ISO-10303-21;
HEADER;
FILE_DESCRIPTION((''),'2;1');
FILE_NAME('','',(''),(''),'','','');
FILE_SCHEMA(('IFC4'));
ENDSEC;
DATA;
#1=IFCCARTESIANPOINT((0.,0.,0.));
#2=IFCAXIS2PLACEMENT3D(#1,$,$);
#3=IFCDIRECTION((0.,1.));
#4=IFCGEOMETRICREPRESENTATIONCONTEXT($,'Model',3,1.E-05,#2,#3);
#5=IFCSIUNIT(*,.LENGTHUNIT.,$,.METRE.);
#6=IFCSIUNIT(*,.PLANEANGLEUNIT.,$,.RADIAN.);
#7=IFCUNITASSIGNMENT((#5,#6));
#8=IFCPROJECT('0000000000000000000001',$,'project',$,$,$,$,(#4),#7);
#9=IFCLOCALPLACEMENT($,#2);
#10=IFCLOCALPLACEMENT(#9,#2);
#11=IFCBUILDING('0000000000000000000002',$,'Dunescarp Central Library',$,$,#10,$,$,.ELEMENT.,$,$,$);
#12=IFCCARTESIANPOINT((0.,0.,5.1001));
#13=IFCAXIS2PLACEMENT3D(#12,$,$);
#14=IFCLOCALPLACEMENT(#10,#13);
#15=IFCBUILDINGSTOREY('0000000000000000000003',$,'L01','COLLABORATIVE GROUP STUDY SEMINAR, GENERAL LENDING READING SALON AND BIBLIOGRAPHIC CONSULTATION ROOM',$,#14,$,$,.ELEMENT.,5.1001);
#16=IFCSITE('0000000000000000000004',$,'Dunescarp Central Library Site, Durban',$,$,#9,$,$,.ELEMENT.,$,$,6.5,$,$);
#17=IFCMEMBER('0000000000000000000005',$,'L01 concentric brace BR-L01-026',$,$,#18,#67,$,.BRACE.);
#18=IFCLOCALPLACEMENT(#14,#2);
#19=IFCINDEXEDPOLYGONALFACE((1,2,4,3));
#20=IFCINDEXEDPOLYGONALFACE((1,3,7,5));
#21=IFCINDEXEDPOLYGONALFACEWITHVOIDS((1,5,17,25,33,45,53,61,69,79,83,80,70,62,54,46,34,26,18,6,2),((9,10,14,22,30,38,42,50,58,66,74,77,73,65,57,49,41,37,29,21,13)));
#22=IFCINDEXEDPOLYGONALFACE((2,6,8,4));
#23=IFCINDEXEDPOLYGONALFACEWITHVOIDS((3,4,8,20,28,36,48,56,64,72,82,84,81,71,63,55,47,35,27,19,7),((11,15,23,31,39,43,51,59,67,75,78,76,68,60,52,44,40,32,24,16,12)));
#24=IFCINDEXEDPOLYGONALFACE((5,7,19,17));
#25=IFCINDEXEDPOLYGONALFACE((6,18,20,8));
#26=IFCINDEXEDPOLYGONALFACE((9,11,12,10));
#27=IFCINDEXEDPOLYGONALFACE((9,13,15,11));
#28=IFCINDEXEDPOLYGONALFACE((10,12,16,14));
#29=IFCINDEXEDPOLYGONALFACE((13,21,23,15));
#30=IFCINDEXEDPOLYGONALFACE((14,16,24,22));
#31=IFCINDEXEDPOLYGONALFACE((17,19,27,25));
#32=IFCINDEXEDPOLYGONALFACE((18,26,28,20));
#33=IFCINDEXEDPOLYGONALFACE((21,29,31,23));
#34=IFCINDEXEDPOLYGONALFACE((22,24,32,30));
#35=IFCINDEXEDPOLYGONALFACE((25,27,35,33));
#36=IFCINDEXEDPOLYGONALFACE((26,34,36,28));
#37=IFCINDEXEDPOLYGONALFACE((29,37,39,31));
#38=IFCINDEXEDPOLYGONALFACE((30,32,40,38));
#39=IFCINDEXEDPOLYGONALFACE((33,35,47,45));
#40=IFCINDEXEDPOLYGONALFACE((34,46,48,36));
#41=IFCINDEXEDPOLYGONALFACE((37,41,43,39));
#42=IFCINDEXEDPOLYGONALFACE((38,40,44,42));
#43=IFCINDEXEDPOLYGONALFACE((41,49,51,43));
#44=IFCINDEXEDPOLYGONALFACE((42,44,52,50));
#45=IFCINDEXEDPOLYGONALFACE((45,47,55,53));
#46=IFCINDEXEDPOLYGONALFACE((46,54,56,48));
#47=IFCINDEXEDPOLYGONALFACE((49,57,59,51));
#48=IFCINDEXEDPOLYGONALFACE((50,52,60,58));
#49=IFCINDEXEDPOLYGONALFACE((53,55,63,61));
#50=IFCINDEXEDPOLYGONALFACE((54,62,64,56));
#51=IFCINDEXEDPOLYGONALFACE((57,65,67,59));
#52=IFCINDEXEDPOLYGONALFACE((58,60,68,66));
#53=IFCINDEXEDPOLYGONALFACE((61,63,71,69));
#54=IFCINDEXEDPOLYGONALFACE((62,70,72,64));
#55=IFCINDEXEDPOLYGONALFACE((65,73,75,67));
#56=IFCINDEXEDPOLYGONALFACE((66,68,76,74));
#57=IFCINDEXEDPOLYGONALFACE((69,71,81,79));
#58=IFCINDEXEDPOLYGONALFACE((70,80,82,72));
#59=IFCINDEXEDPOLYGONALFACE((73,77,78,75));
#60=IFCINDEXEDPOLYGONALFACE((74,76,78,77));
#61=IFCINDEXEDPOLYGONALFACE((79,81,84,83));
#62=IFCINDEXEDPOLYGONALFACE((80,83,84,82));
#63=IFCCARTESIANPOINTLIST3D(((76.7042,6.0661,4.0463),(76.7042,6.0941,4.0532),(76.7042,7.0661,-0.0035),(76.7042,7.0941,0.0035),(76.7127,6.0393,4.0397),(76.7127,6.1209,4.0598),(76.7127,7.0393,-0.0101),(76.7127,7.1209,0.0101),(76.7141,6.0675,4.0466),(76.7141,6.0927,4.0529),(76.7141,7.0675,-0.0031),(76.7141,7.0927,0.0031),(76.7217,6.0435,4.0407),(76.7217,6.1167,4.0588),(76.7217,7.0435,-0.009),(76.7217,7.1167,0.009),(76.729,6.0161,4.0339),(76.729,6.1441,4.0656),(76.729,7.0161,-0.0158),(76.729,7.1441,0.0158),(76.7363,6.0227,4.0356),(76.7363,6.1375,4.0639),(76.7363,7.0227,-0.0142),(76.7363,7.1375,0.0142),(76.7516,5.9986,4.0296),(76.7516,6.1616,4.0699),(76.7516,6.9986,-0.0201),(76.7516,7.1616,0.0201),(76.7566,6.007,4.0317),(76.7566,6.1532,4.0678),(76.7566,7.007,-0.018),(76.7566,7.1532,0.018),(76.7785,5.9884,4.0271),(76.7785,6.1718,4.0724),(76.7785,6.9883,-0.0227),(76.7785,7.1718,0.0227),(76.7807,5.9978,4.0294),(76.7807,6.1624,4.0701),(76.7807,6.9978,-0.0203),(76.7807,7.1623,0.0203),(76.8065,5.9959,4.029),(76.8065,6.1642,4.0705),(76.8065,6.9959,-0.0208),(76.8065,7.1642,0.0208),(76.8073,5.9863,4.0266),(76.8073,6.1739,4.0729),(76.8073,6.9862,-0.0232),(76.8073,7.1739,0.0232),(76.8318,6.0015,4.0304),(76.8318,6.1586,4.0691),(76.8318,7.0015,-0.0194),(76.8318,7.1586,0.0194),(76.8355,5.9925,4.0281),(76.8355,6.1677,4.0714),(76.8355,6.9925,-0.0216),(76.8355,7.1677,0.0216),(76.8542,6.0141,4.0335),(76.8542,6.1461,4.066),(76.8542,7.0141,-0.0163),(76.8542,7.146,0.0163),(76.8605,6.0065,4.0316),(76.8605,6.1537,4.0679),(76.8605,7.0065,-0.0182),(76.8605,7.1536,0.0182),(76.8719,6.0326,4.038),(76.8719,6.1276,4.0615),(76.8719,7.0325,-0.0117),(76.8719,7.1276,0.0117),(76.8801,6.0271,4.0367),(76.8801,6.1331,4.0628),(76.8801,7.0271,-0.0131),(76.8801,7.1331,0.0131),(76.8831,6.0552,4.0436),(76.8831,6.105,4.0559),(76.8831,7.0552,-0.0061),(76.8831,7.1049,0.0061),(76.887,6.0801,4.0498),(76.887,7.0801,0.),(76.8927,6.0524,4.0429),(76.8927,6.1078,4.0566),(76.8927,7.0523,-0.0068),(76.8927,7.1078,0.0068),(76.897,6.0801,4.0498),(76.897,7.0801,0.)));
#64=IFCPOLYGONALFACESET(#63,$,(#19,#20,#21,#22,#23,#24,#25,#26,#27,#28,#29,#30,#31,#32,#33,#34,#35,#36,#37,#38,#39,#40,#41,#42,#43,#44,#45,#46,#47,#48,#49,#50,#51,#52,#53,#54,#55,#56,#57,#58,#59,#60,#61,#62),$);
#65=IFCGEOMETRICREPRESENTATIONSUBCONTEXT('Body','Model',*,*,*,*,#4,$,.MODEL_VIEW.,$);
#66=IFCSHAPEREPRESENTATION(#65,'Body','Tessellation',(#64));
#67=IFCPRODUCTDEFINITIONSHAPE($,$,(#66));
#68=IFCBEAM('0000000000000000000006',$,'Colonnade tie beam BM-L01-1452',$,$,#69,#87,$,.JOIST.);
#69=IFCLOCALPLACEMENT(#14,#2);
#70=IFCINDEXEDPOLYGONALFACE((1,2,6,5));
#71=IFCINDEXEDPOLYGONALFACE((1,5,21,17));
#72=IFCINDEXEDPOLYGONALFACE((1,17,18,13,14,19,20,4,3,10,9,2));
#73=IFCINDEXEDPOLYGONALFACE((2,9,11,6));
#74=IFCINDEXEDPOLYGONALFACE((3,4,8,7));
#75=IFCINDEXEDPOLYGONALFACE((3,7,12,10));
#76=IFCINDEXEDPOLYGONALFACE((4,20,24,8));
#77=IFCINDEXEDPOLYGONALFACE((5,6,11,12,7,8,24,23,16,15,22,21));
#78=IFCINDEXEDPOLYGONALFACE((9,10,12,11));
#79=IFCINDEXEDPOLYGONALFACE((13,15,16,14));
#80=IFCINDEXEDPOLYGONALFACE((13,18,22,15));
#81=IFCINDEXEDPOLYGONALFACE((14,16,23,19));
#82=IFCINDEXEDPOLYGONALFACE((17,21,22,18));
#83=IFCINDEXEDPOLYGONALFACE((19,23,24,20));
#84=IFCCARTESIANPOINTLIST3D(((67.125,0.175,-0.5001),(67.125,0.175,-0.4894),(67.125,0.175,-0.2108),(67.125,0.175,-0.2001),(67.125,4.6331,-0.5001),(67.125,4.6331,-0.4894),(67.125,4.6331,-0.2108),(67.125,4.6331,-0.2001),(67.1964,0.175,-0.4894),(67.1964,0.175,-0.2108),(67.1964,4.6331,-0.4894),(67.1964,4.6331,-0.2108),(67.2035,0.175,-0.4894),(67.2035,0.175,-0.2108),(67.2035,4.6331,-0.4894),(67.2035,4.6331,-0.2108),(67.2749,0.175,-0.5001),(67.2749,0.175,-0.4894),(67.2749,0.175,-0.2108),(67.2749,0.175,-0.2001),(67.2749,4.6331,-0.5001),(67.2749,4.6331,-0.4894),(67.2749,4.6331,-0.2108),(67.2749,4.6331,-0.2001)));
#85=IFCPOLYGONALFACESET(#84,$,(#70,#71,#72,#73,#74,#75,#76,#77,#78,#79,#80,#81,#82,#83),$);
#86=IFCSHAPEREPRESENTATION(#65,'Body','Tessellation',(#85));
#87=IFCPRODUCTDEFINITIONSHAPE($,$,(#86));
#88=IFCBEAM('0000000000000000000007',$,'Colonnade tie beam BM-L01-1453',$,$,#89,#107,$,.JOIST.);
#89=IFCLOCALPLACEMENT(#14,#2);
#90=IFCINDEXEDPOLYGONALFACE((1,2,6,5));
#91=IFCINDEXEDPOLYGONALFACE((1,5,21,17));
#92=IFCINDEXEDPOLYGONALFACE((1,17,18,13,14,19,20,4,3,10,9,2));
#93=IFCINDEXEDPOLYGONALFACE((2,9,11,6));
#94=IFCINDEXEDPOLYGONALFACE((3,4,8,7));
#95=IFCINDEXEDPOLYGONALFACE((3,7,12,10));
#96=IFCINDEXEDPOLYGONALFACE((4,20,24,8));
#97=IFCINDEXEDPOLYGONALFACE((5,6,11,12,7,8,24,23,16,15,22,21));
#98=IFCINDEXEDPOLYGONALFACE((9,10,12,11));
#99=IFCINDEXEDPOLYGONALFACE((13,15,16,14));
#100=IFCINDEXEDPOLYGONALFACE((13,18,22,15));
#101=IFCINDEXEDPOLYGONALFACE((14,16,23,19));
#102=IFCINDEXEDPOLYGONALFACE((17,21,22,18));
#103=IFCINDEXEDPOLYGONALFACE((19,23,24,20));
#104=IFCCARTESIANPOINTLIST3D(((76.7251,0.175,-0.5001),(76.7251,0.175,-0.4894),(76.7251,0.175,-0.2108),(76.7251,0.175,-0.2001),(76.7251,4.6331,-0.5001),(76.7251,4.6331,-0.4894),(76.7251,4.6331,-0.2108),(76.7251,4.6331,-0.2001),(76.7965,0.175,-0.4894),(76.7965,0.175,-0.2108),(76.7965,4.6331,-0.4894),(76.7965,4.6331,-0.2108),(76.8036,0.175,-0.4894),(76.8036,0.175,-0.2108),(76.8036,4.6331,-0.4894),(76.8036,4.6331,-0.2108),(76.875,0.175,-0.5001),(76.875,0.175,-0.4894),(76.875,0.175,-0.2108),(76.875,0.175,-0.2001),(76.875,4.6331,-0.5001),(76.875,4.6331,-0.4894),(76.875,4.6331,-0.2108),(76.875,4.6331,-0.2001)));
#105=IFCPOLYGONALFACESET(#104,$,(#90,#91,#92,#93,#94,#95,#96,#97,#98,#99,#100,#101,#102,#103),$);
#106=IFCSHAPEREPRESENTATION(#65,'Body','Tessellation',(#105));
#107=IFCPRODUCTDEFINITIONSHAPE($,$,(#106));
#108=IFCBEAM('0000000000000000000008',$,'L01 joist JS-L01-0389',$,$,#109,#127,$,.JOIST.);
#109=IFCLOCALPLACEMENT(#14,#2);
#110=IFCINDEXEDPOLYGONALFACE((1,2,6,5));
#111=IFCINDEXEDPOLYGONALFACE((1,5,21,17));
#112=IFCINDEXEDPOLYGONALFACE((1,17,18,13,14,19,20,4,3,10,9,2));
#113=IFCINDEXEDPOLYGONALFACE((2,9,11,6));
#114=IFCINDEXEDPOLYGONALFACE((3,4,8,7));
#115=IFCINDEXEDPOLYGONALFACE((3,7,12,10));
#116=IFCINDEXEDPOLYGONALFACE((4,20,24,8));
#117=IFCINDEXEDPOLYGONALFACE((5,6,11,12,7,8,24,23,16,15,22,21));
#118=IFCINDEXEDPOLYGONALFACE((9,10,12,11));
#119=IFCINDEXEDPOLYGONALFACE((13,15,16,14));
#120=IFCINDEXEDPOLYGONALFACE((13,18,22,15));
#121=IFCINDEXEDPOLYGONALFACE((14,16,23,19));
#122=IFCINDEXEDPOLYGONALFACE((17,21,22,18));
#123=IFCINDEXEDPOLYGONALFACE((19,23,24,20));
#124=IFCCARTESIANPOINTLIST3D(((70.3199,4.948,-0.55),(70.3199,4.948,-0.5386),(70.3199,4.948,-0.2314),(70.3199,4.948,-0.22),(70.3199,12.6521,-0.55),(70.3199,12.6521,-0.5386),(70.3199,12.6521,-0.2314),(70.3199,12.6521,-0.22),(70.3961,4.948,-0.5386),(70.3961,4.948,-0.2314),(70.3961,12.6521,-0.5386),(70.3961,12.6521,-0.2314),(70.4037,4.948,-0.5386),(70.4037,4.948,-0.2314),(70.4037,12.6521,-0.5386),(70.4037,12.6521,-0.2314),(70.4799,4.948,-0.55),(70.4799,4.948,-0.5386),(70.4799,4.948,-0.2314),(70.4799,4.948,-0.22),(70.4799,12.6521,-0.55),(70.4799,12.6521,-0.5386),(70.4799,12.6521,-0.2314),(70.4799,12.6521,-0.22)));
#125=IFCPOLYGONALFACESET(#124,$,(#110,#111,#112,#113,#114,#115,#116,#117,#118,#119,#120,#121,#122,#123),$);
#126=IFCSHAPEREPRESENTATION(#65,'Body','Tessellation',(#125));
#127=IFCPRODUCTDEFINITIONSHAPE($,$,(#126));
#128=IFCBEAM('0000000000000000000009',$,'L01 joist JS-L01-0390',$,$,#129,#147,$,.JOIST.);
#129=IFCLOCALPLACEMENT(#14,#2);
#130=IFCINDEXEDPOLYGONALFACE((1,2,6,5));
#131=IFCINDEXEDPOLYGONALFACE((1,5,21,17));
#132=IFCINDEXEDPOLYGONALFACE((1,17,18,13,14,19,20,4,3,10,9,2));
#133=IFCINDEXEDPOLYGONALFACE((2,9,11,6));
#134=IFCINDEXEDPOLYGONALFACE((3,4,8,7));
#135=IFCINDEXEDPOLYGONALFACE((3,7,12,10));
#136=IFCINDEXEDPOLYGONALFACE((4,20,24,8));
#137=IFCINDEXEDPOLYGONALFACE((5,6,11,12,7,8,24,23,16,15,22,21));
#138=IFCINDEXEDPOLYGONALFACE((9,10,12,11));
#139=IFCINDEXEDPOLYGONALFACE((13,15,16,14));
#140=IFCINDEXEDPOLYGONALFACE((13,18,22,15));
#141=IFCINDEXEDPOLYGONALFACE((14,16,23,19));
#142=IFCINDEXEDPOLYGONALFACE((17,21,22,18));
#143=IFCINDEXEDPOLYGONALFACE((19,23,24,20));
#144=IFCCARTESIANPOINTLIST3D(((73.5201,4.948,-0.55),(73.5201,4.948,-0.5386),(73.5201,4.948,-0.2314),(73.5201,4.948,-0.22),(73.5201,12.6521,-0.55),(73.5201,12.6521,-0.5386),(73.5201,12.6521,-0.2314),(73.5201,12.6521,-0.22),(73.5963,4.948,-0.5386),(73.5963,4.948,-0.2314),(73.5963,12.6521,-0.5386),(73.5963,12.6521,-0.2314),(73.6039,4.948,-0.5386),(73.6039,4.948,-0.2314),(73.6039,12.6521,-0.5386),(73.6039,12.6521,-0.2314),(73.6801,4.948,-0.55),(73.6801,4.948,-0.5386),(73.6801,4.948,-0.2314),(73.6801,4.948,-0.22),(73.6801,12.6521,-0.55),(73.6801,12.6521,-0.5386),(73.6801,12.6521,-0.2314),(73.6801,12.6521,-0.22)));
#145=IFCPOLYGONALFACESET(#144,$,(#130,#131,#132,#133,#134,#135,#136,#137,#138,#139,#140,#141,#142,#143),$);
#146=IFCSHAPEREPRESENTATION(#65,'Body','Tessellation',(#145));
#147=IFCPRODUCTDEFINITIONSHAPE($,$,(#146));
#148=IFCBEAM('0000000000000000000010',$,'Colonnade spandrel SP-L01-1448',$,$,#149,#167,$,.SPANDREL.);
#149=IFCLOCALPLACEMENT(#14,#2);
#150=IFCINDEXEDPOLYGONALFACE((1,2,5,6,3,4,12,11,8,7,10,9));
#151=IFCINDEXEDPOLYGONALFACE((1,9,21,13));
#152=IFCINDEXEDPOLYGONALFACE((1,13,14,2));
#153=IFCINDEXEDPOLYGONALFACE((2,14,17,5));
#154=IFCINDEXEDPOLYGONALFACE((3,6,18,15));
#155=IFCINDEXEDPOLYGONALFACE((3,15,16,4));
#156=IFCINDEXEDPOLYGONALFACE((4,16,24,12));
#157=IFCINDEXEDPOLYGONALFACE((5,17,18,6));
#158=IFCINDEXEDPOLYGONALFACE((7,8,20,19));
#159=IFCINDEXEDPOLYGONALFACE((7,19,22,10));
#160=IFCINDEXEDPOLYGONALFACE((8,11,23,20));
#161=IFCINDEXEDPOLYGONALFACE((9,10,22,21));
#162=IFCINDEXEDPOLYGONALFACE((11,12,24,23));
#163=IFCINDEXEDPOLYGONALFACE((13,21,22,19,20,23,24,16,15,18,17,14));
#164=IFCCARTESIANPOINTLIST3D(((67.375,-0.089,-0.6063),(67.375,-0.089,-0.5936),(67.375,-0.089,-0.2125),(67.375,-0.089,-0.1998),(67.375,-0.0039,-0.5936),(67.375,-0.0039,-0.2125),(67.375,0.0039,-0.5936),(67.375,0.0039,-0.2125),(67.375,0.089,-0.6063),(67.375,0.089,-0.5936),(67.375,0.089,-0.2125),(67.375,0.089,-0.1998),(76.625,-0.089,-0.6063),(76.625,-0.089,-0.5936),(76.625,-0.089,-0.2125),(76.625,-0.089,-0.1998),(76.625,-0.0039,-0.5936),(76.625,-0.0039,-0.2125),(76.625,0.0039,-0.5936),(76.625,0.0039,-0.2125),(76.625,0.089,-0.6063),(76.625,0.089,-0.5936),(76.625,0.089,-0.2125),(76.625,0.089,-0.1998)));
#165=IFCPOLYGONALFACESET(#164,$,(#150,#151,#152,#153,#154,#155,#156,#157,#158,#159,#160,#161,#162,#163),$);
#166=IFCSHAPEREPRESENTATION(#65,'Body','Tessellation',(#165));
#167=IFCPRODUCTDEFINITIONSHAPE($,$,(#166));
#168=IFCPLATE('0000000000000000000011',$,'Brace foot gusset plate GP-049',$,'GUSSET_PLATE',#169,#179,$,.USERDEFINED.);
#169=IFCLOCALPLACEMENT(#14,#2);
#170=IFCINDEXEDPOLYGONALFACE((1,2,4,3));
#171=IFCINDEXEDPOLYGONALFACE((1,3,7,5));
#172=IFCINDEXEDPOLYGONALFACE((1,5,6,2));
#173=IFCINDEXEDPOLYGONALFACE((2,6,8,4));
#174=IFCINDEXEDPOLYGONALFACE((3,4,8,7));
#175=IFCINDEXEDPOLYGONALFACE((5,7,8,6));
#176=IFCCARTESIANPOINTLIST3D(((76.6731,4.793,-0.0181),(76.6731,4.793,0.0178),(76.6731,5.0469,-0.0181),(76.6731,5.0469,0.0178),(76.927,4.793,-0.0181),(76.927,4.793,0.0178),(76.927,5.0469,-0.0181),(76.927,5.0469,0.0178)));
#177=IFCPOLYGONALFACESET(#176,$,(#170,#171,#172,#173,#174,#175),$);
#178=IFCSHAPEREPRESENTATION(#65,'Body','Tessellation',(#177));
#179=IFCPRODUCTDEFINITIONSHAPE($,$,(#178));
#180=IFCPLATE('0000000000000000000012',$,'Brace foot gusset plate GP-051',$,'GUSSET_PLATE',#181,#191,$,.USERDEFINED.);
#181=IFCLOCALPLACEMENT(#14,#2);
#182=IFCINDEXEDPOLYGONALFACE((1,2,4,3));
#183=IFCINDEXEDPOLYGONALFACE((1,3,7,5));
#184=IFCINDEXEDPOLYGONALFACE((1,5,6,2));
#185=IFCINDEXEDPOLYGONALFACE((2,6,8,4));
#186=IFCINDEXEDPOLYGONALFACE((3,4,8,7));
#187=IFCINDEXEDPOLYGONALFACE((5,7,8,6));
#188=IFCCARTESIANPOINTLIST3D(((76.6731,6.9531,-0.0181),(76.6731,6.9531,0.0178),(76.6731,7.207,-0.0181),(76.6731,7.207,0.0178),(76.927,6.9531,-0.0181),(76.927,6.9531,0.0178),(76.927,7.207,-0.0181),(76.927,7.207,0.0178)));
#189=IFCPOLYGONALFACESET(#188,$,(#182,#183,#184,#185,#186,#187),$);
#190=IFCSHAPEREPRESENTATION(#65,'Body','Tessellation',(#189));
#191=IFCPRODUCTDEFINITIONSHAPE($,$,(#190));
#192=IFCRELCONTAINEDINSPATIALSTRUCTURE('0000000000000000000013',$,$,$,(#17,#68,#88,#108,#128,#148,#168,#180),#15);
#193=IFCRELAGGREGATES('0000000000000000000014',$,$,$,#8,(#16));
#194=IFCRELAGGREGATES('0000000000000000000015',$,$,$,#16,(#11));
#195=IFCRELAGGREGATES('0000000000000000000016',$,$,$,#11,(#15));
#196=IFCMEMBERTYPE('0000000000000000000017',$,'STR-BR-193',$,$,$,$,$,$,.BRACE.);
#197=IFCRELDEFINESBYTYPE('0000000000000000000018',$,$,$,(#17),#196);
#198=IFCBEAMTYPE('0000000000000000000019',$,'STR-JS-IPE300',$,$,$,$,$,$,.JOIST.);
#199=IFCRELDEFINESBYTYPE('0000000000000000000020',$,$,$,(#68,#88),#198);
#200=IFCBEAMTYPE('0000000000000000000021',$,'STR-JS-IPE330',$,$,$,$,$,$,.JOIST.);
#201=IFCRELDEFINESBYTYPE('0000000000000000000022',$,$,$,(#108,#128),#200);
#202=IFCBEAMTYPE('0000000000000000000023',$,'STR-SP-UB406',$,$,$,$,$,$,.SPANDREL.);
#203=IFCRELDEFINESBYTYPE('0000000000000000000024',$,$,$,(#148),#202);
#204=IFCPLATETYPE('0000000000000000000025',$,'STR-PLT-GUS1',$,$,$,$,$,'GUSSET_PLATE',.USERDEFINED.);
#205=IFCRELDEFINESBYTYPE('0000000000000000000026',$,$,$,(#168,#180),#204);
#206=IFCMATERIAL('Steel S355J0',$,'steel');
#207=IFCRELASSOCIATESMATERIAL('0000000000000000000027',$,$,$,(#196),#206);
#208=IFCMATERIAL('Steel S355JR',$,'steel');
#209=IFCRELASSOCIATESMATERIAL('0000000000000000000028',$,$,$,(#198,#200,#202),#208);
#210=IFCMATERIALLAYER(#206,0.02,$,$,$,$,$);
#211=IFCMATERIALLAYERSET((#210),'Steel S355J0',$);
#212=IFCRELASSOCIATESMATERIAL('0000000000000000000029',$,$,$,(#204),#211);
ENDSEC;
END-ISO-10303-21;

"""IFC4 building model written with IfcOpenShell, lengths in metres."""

from ifc_helpers import new_model, si_unit, direction, frame, origin, origin_2d, place, context, subcontext, project, spatial, rectangle, hollow_circle, i_section, extrude, material, layer, layer_set, material_profile, profile_set, type_object, element, save


model = new_model("IFC4")

# Units and contexts
model_context = context("Model", 3, precision=1e-05, world=origin(), true_north=direction((0.0, 1.0)))
body_context = subcontext(model_context, "Body", "Model", "MODEL_VIEW")
ifc_project = project(units=[si_unit("LENGTHUNIT", "METRE"), si_unit("PLANEANGLEUNIT", "RADIAN")], contexts=[model_context])

# Site, building, storey
site_placement = place(None, origin())
site = spatial("IfcSite", under=ifc_project, at=site_placement, Name="Dunescarp Central Library Site, Durban", CompositionType="ELEMENT", RefElevation=6.5)
building_placement = place(site_placement, origin())
building = spatial("IfcBuilding", under=site, at=building_placement, Name="Dunescarp Central Library", CompositionType="ELEMENT")
storey_placement = place(building_placement, frame((0.0, 0.0, 5.1001)))
storey = spatial("IfcBuildingStorey", under=building, at=storey_placement, Name="L01", Description="COLLABORATIVE GROUP STUDY SEMINAR, GENERAL LENDING READING SALON AND BIBLIOGRAPHIC CONSULTATION ROOM", CompositionType="ELEMENT", Elevation=5.1001)

# Shared definitions
ifc_material_1 = material(Name="Steel S355JR", Category="steel")

# Member
ifc_material_2 = material(Name="Steel S355J0", Category="steel")
ifc_material_profile_1 = material_profile(ifc_material_2, hollow_circle(Radius=0.0969, WallThickness=0.01, at=origin_2d()), Name="CHS 193.7x10")
ifc_profile_set_1 = profile_set([ifc_material_profile_1], Name="Steel S355J0")
member_type_1 = type_object("IfcMemberType", Name="STR-BR-193", PredefinedType="BRACE", material=ifc_profile_set_1)
for number, where, z_axis, x_axis, name in (
    (1, (76.8, 7.0801, 0.0), (0.0, -0.239725, 0.970841), (1.0, 0.0, 0.0), "L01 concentric brace BR-L01-026"),
):
    element("IfcMember", number, at=place(storey_placement, frame(where, z_axis=z_axis, x_axis=x_axis)), inside=storey, type_object=member_type_1, Name=name, PredefinedType="BRACE", context=body_context, shape_type="SweptSolid", body=[
        extrude(hollow_circle(Radius=0.0969, WallThickness=0.01, at=origin_2d()), origin(), (0.0, 0.0, 1.0), 4.1714),
    ])

# Beams
ifc_material_profile_2 = material_profile(ifc_material_1, i_section(OverallWidth=0.1499, OverallDepth=0.3, WebThickness=0.0071, FlangeThickness=0.0107, at=origin_2d()), Name="IPE 300")
ifc_profile_set_2 = profile_set([ifc_material_profile_2], Name="Steel S355JR")
beam_type_1 = type_object("IfcBeamType", Name="STR-JS-IPE300", PredefinedType="JOIST", material=ifc_profile_set_2)
for number, where, z_axis, x_axis, name in (
    (2, (67.2, 0.175, -0.3501), (0.0, 1.0, 0.0), (-1.0, 0.0, 0.0), "Colonnade tie beam BM-L01-1452"),
    (3, (76.8, 0.175, -0.3501), (0.0, 1.0, 0.0), (-1.0, 0.0, 0.0), "Colonnade tie beam BM-L01-1453"),
):
    element("IfcBeam", number, at=place(storey_placement, frame(where, z_axis=z_axis, x_axis=x_axis)), inside=storey, type_object=beam_type_1, Name=name, PredefinedType="JOIST", context=body_context, shape_type="SweptSolid", body=[
        extrude(i_section(OverallWidth=0.1499, OverallDepth=0.3, WebThickness=0.0071, FlangeThickness=0.0107, at=origin_2d()), origin(), (0.0, 0.0, 1.0), 4.458),
    ])
ifc_material_profile_3 = material_profile(ifc_material_1, i_section(OverallWidth=0.1599, OverallDepth=0.3301, WebThickness=0.0076, FlangeThickness=0.0115, at=origin_2d()), Name="IPE 330")
ifc_profile_set_3 = profile_set([ifc_material_profile_3], Name="Steel S355JR")
beam_type_2 = type_object("IfcBeamType", Name="STR-JS-IPE330", PredefinedType="JOIST", material=ifc_profile_set_3)
for number, where, z_axis, x_axis, name in (
    (4, (70.3999, 4.948, -0.385), (0.0, 1.0, 0.0), (-1.0, 0.0, 0.0), "L01 joist JS-L01-0389"),
    (5, (73.6001, 4.948, -0.385), (0.0, 1.0, 0.0), (-1.0, 0.0, 0.0), "L01 joist JS-L01-0390"),
):
    element("IfcBeam", number, at=place(storey_placement, frame(where, z_axis=z_axis, x_axis=x_axis)), inside=storey, type_object=beam_type_2, Name=name, PredefinedType="JOIST", context=body_context, shape_type="SweptSolid", body=[
        extrude(i_section(OverallWidth=0.1599, OverallDepth=0.3301, WebThickness=0.0076, FlangeThickness=0.0115, at=origin_2d()), origin(), (0.0, 0.0, 1.0), 7.7041),
    ])
ifc_material_profile_4 = material_profile(ifc_material_1, i_section(OverallWidth=0.178, OverallDepth=0.4065, WebThickness=0.0078, FlangeThickness=0.0127, at=origin_2d()), Name="UB 406x178x60")
ifc_profile_set_4 = profile_set([ifc_material_profile_4], Name="Steel S355JR")
beam_type_3 = type_object("IfcBeamType", Name="STR-SP-UB406", PredefinedType="SPANDREL", material=ifc_profile_set_4)
beam_1_placement = place(storey_placement, frame((67.375, 0.0, -0.4031), z_axis=(1.0, 0.0, 0.0), x_axis=(0.0, 1.0, 0.0)))
element("IfcBeam", 6, at=beam_1_placement, inside=storey, type_object=beam_type_3, Name="Colonnade spandrel SP-L01-1448", PredefinedType="SPANDREL", context=body_context, shape_type="SweptSolid", body=[
    extrude(i_section(OverallWidth=0.178, OverallDepth=0.4065, WebThickness=0.0078, FlangeThickness=0.0127, at=origin_2d()), origin(), (0.0, 0.0, 1.0), 9.25),
])

# Plates
ifc_layer_1 = layer(ifc_material_2, 0.02)
ifc_layer_set_1 = layer_set([ifc_layer_1], Name="Steel S355J0")
plate_type_1 = type_object("IfcPlateType", Name="STR-PLT-GUS1", ElementType="GUSSET_PLATE", PredefinedType="USERDEFINED", material=ifc_layer_set_1)
for number, where, z_axis, x_axis, name in (
    (7, (76.8, 4.9199, -0.0181), (0.0, 0.0, 1.0), (1.0, 0.0, 0.0), "Brace foot gusset plate GP-049"),
    (8, (76.8, 7.0801, -0.0181), (0.0, 0.0, 1.0), (1.0, 0.0, 0.0), "Brace foot gusset plate GP-051"),
):
    element("IfcPlate", number, at=place(storey_placement, frame(where, z_axis=z_axis, x_axis=x_axis)), inside=storey, type_object=plate_type_1, Name=name, ObjectType="GUSSET_PLATE", PredefinedType="USERDEFINED", context=body_context, shape_type="SweptSolid", body=[
        extrude(rectangle(XDim=0.2539, YDim=0.2539, at=origin_2d()), origin(), (0.0, 0.0, 1.0), 0.0359),
    ])

save(model, "model.ifc")
